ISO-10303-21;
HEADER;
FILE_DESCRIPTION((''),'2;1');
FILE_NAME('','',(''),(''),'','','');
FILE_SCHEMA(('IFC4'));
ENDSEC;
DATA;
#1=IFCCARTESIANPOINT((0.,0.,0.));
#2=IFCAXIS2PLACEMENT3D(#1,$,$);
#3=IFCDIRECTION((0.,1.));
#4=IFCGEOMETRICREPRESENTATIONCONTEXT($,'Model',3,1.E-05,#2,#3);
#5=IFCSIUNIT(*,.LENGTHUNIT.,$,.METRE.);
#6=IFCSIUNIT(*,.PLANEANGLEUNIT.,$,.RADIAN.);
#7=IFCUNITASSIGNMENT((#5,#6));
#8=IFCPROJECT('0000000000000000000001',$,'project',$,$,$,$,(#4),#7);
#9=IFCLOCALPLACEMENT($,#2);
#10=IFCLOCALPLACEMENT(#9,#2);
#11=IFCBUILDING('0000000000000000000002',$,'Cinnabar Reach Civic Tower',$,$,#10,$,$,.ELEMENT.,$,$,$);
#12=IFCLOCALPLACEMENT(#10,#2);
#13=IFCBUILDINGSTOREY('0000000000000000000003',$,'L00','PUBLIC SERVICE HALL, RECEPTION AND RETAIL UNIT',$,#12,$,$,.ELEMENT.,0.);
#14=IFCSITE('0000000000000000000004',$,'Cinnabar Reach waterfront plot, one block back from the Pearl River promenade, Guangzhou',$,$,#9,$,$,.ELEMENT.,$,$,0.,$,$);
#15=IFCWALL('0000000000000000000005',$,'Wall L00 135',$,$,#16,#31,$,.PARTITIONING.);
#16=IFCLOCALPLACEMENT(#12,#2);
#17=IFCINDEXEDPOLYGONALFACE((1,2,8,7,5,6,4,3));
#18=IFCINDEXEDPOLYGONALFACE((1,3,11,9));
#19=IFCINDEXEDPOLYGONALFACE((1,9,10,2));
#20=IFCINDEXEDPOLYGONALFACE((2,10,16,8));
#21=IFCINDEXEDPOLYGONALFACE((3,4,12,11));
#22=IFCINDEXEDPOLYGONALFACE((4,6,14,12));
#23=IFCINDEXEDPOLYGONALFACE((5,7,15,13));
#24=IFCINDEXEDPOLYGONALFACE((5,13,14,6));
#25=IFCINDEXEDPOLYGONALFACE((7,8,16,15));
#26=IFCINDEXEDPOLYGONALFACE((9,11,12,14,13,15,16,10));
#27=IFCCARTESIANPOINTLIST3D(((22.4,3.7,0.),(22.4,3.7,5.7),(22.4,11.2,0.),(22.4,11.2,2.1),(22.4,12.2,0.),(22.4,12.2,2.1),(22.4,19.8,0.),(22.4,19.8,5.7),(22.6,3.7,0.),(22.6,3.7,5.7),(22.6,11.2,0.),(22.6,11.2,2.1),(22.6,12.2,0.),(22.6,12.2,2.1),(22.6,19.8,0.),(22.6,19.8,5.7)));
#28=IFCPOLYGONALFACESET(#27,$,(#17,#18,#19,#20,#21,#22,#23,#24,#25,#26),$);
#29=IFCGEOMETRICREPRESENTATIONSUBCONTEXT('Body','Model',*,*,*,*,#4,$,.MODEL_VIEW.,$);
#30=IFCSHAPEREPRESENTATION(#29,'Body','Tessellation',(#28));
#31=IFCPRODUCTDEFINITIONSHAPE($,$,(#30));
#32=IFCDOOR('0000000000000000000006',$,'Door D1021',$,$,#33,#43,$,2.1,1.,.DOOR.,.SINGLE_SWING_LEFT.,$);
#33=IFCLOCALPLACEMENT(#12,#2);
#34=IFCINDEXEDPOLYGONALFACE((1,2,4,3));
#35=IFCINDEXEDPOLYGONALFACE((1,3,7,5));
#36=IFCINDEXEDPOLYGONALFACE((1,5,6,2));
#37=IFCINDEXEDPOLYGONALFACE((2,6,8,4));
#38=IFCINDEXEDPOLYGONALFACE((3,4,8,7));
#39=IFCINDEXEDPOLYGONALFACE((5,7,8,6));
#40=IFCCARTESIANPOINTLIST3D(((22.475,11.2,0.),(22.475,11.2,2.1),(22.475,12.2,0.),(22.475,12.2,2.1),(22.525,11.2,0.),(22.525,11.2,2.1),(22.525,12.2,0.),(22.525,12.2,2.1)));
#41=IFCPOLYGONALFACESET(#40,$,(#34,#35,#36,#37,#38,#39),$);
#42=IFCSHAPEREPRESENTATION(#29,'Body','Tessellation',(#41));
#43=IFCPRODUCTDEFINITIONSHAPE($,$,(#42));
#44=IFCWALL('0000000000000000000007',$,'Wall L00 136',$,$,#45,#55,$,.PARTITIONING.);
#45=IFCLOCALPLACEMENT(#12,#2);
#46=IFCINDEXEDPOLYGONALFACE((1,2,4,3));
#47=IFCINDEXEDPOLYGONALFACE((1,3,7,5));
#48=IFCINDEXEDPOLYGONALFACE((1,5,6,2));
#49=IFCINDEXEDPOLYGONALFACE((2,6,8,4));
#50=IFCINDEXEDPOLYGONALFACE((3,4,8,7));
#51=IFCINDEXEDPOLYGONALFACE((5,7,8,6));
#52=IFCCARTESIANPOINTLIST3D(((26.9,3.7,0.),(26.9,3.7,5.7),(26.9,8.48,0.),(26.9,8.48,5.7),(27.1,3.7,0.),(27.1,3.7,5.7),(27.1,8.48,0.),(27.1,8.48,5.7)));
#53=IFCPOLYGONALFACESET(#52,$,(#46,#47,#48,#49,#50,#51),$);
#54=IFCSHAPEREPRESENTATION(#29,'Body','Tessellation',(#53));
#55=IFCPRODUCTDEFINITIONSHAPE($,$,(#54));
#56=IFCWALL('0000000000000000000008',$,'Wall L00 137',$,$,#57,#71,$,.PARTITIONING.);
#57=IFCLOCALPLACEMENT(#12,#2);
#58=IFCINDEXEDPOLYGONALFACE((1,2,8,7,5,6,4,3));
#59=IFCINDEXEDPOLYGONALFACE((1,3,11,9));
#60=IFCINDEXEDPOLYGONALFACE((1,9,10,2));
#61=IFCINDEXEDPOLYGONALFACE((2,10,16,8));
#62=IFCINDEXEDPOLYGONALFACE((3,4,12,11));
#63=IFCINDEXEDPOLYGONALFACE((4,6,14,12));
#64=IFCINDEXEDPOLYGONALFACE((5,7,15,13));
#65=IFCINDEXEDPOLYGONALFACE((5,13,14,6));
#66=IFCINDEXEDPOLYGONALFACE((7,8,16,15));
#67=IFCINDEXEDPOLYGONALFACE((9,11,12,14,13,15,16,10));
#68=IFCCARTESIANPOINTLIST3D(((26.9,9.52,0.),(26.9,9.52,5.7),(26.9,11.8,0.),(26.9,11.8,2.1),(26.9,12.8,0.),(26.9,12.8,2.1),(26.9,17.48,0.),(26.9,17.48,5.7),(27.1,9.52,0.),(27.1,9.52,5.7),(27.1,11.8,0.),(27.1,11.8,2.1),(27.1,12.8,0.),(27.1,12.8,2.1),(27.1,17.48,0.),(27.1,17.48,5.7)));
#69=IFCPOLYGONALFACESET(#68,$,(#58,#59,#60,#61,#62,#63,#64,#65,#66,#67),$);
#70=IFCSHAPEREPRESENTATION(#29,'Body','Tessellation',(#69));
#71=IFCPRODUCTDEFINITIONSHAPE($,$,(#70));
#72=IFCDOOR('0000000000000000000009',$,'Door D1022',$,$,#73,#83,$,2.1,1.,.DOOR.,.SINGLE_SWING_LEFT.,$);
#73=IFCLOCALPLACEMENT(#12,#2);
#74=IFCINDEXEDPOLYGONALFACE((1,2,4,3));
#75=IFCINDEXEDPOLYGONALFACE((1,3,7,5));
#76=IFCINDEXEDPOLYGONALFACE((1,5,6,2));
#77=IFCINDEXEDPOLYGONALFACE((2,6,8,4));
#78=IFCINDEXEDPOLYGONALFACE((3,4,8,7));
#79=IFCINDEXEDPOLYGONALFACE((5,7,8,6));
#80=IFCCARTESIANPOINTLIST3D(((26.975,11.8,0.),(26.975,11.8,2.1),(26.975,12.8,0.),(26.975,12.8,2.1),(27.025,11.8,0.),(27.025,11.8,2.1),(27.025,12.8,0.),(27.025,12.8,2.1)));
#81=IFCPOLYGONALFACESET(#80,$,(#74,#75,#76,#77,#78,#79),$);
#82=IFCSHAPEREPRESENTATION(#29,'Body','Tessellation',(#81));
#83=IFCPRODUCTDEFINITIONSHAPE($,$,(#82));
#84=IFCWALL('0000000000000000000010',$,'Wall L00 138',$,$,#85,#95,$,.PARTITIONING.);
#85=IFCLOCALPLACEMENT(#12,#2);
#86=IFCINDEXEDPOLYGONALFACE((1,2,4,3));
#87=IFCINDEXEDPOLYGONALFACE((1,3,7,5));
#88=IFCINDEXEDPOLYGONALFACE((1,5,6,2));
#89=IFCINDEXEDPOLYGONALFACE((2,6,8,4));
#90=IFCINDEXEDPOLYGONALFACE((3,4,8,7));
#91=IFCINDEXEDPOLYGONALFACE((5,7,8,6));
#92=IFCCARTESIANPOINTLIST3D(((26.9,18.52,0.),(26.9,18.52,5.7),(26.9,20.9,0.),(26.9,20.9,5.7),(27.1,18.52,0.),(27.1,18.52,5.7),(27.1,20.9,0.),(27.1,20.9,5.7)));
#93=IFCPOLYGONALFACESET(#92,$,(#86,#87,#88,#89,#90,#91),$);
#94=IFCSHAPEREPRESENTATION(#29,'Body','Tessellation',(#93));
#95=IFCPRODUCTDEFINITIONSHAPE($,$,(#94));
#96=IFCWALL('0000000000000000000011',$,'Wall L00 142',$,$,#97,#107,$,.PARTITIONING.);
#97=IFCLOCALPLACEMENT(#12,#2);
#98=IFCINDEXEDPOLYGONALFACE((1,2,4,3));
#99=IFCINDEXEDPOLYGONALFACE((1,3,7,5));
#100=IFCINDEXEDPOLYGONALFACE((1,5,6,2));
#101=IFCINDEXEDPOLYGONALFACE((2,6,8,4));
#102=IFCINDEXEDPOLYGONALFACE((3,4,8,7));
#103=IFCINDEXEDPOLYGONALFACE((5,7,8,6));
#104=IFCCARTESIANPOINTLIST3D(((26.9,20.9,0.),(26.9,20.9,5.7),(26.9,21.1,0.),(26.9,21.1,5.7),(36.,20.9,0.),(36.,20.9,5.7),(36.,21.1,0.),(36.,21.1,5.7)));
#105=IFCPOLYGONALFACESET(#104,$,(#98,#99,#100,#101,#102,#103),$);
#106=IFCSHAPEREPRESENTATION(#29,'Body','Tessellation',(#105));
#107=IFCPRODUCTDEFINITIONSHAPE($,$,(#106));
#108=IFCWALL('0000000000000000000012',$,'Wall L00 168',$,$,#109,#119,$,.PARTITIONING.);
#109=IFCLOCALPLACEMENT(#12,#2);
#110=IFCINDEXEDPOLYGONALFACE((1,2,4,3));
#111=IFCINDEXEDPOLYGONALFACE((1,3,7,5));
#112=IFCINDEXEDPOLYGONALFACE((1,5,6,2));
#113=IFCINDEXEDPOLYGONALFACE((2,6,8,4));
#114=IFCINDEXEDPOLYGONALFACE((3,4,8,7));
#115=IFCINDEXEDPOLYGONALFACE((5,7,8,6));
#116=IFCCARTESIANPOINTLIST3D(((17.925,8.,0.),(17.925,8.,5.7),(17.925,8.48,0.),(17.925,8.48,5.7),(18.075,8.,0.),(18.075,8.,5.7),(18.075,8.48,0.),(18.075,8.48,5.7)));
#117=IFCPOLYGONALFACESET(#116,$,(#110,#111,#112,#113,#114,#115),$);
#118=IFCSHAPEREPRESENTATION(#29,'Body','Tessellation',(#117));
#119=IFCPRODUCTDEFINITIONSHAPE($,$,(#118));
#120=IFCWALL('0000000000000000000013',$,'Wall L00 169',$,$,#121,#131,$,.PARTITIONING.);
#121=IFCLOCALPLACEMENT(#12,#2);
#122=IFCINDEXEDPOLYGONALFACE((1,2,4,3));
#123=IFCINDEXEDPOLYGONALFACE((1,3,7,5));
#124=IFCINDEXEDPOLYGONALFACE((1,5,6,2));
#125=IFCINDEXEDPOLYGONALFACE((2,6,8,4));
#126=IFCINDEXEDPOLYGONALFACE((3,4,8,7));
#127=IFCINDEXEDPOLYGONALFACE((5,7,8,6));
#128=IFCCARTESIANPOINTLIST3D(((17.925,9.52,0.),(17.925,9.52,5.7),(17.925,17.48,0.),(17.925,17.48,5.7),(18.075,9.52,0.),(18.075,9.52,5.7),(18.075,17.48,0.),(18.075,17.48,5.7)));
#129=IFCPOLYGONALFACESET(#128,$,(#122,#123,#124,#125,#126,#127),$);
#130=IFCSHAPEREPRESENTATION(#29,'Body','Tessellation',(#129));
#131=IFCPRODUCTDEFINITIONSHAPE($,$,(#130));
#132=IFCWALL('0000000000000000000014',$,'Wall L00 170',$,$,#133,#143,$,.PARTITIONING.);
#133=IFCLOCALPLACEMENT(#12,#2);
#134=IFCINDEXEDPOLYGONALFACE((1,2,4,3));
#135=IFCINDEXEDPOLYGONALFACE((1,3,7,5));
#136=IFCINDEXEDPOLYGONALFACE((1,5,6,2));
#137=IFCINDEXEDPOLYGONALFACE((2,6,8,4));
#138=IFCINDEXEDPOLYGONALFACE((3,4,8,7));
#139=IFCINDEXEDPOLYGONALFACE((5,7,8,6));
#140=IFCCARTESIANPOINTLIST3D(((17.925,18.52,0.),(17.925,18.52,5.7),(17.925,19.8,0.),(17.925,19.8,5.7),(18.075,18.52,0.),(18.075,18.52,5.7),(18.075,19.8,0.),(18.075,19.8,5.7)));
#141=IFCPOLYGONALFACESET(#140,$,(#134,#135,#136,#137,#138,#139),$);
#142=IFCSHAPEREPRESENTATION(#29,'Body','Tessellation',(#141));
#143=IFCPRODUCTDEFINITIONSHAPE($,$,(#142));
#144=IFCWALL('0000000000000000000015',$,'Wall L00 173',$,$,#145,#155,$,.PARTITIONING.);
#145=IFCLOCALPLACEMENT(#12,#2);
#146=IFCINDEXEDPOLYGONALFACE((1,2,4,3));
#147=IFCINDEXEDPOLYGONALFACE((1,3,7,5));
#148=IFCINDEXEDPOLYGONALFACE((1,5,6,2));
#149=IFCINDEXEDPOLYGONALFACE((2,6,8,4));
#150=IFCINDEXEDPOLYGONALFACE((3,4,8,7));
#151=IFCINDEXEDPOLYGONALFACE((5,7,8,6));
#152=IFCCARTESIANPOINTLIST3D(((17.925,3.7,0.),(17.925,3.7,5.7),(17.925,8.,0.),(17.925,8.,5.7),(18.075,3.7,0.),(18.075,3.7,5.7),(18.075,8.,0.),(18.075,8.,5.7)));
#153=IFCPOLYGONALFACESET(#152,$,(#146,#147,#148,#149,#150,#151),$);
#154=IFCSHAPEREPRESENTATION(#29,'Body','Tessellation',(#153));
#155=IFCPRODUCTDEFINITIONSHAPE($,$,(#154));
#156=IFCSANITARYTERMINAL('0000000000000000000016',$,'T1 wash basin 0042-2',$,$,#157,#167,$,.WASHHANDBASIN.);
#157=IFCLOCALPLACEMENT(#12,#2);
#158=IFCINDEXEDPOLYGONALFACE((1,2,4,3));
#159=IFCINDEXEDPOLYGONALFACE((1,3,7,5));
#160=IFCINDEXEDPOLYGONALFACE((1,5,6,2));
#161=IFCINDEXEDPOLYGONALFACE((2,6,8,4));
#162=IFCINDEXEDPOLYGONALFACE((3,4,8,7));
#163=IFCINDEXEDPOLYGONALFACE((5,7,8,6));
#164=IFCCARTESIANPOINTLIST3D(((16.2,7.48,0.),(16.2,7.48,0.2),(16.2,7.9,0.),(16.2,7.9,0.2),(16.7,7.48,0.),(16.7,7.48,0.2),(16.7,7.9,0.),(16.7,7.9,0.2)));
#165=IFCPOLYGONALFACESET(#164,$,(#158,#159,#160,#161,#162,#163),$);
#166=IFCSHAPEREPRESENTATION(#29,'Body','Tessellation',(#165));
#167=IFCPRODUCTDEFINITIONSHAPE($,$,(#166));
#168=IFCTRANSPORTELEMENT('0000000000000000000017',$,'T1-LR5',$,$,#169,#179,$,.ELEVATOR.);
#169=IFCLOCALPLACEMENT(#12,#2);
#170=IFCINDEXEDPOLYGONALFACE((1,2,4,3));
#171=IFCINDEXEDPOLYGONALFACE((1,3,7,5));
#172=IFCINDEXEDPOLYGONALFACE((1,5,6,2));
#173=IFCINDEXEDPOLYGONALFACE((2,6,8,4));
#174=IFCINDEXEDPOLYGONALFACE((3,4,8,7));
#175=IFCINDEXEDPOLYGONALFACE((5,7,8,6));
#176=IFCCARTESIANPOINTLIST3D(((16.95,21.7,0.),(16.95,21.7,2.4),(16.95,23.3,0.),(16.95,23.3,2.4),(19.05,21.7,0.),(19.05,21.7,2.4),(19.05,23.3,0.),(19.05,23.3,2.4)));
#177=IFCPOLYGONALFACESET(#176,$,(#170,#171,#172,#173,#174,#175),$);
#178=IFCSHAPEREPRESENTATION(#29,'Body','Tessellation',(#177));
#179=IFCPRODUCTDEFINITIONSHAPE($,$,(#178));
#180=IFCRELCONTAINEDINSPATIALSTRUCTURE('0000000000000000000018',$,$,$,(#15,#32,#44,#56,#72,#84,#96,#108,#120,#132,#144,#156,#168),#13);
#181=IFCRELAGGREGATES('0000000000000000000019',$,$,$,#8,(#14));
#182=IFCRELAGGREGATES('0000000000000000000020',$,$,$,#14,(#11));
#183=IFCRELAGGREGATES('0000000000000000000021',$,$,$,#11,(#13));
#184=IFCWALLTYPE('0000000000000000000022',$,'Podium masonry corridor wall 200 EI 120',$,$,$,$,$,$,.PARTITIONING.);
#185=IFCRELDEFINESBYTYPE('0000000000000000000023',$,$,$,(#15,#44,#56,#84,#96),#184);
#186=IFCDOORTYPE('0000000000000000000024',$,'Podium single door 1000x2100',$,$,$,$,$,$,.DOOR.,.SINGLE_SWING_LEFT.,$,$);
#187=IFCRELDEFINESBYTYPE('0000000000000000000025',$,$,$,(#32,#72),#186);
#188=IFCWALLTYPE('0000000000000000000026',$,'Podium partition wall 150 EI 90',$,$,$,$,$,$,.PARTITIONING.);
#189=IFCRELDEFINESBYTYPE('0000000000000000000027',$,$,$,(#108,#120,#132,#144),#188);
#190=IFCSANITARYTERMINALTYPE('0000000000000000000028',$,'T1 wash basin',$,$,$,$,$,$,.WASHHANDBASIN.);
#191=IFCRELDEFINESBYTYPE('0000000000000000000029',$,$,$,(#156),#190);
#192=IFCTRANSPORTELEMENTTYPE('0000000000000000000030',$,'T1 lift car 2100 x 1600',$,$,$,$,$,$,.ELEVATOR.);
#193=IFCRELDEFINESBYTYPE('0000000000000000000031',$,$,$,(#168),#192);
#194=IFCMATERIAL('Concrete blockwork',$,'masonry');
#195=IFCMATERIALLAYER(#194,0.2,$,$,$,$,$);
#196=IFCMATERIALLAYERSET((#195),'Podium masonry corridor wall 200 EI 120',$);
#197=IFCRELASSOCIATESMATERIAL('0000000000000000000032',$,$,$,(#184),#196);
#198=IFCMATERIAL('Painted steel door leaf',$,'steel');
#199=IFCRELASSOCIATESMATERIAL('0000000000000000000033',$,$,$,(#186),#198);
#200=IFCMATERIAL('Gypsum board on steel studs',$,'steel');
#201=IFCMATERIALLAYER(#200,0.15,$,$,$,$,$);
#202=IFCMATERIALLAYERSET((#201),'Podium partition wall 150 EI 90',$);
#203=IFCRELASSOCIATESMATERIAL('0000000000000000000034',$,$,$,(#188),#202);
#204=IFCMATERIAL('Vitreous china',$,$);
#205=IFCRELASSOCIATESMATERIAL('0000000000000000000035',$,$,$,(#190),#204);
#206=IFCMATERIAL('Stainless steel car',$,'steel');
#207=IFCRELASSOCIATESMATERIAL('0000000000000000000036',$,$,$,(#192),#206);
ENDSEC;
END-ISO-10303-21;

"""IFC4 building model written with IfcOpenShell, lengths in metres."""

from ifc_helpers import new_model, si_unit, direction, frame, frame_2d, origin, origin_2d, place, context, subcontext, project, spatial, rectangle, extrude, material, layer, layer_set, type_object, element, fill, save


model = new_model("IFC4")

# Units and contexts
model_context = context("Model", 3, precision=1e-05, world=origin(), true_north=direction((0.0, 1.0)))
body_context = subcontext(model_context, "Body", "Model", "MODEL_VIEW")
ifc_project = project(units=[si_unit("LENGTHUNIT", "METRE"), si_unit("PLANEANGLEUNIT", "RADIAN")], contexts=[model_context])

# Site, building, storey
site_placement = place(None, origin())
site = spatial("IfcSite", under=ifc_project, at=site_placement, Name="Cinnabar Reach waterfront plot, one block back from the Pearl River promenade, Guangzhou", CompositionType="ELEMENT", RefElevation=0.0)
building_placement = place(site_placement, origin())
building = spatial("IfcBuilding", under=site, at=building_placement, Name="Cinnabar Reach Civic Tower", CompositionType="ELEMENT")
storey_placement = place(building_placement, origin())
storey = spatial("IfcBuildingStorey", under=building, at=storey_placement, Name="L00", Description="PUBLIC SERVICE HALL, RECEPTION AND RETAIL UNIT", CompositionType="ELEMENT", Elevation=0.0)

# Wall, opening, door
ifc_material_1 = material(Name="Concrete blockwork", Category="masonry")
ifc_layer_1 = layer(ifc_material_1, 0.2)
ifc_layer_set_1 = layer_set([ifc_layer_1], Name="Podium masonry corridor wall 200 EI 120")
wall_type_1 = type_object("IfcWallType", Name="Podium masonry corridor wall 200 EI 120", PredefinedType="PARTITIONING", material=ifc_layer_set_1)
ifc_material_2 = material(Name="Painted steel door leaf", Category="steel")
door_type_1 = type_object("IfcDoorType", Name="Podium single door 1000x2100", OperationType="SINGLE_SWING_LEFT", PredefinedType="DOOR", material=ifc_material_2)
wall_1_placement = place(storey_placement, frame((22.5, 3.7, 0.0), z_axis=(0.0, 0.0, 1.0), x_axis=(0.0, 1.0, 0.0)))
wall_1 = element("IfcWall", 1, at=wall_1_placement, inside=storey, type_object=wall_type_1, Name="Wall L00 135", PredefinedType="PARTITIONING", context=body_context, shape_type="SweptSolid", body=[
    extrude(rectangle(XDim=16.1, YDim=0.2, at=frame_2d((8.05, 0.0))), origin(), (0.0, 0.0, 1.0), 5.7),
])
opening_1_placement = place(wall_1_placement, frame((7.5, 0.0, 0.0)))
opening_1 = element("IfcOpeningElement", 2, at=opening_1_placement, cuts=wall_1, PredefinedType="OPENING", context=body_context, shape_type="SweptSolid", body=[
    extrude(rectangle(XDim=1.0, YDim=2.1, at=frame_2d((0.5, 1.05))), frame((0.0, 0.11, 0.0), z_axis=(0.0, -1.0, 0.0), x_axis=(1.0, 0.0, 0.0)), (0.0, 0.0, 1.0), 0.22),
])
door_1_placement = place(opening_1_placement, origin())
door_1 = element("IfcDoor", 3, at=door_1_placement, inside=storey, type_object=door_type_1, Name="Door D1021", OperationType="SINGLE_SWING_LEFT", OverallHeight=2.1, OverallWidth=1.0, PredefinedType="DOOR", context=body_context, shape_type="SweptSolid", body=[
    extrude(rectangle(XDim=1.0, YDim=2.1, at=frame_2d((0.5, 1.05))), frame((0.0, 0.025, 0.0), z_axis=(0.0, -1.0, 0.0), x_axis=(1.0, 0.0, 0.0)), (0.0, 0.0, 1.0), 0.05),
])
fill(opening_1, door_1)

# Wall
wall_2_placement = place(storey_placement, frame((27.0, 3.7, 0.0), z_axis=(0.0, 0.0, 1.0), x_axis=(0.0, 1.0, 0.0)))
element("IfcWall", 4, at=wall_2_placement, inside=storey, type_object=wall_type_1, Name="Wall L00 136", PredefinedType="PARTITIONING", context=body_context, shape_type="SweptSolid", body=[
    extrude(rectangle(XDim=4.78, YDim=0.2, at=frame_2d((2.39, 0.0))), origin(), (0.0, 0.0, 1.0), 5.7),
])

# Wall, opening, door
wall_3_placement = place(storey_placement, frame((27.0, 9.52, 0.0), z_axis=(0.0, 0.0, 1.0), x_axis=(0.0, 1.0, 0.0)))
wall_3 = element("IfcWall", 5, at=wall_3_placement, inside=storey, type_object=wall_type_1, Name="Wall L00 137", PredefinedType="PARTITIONING", context=body_context, shape_type="SweptSolid", body=[
    extrude(rectangle(XDim=7.96, YDim=0.2, at=frame_2d((3.98, 0.0))), origin(), (0.0, 0.0, 1.0), 5.7),
])
opening_2_placement = place(wall_3_placement, frame((2.28, 0.0, 0.0)))
opening_2 = element("IfcOpeningElement", 6, at=opening_2_placement, cuts=wall_3, PredefinedType="OPENING", context=body_context, shape_type="SweptSolid", body=[
    extrude(rectangle(XDim=1.0, YDim=2.1, at=frame_2d((0.5, 1.05))), frame((0.0, 0.11, 0.0), z_axis=(0.0, -1.0, 0.0), x_axis=(1.0, 0.0, 0.0)), (0.0, 0.0, 1.0), 0.22),
])
door_2_placement = place(opening_2_placement, frame((1.0, 0.0, 0.0), z_axis=(0.0, 0.0, 1.0), x_axis=(-1.0, 0.0, 0.0)))
door_2 = element("IfcDoor", 7, at=door_2_placement, inside=storey, type_object=door_type_1, Name="Door D1022", OperationType="SINGLE_SWING_LEFT", OverallHeight=2.1, OverallWidth=1.0, PredefinedType="DOOR", context=body_context, shape_type="SweptSolid", body=[
    extrude(rectangle(XDim=1.0, YDim=2.1, at=frame_2d((0.5, 1.05))), frame((0.0, 0.025, 0.0), z_axis=(0.0, -1.0, 0.0), x_axis=(1.0, 0.0, 0.0)), (0.0, 0.0, 1.0), 0.05),
])
fill(opening_2, door_2)

# Walls
wall_4_placement = place(storey_placement, frame((27.0, 18.52, 0.0), z_axis=(0.0, 0.0, 1.0), x_axis=(0.0, 1.0, 0.0)))
element("IfcWall", 8, at=wall_4_placement, inside=storey, type_object=wall_type_1, Name="Wall L00 138", PredefinedType="PARTITIONING", context=body_context, shape_type="SweptSolid", body=[
    extrude(rectangle(XDim=2.38, YDim=0.2, at=frame_2d((1.19, 0.0))), origin(), (0.0, 0.0, 1.0), 5.7),
])
wall_5_placement = place(storey_placement, frame((26.9, 21.0, 0.0), z_axis=(0.0, 0.0, 1.0), x_axis=(1.0, 0.0, 0.0)))
element("IfcWall", 9, at=wall_5_placement, inside=storey, type_object=wall_type_1, Name="Wall L00 142", PredefinedType="PARTITIONING", context=body_context, shape_type="SweptSolid", body=[
    extrude(rectangle(XDim=9.1, YDim=0.2, at=frame_2d((4.55, 0.0))), origin(), (0.0, 0.0, 1.0), 5.7),
])
ifc_material_3 = material(Name="Gypsum board on steel studs", Category="steel")
ifc_layer_2 = layer(ifc_material_3, 0.15)
ifc_layer_set_2 = layer_set([ifc_layer_2], Name="Podium partition wall 150 EI 90")
wall_type_2 = type_object("IfcWallType", Name="Podium partition wall 150 EI 90", PredefinedType="PARTITIONING", material=ifc_layer_set_2)
wall_6_placement = place(storey_placement, frame((18.0, 8.0, 0.0), z_axis=(0.0, 0.0, 1.0), x_axis=(0.0, 1.0, 0.0)))
element("IfcWall", 10, at=wall_6_placement, inside=storey, type_object=wall_type_2, Name="Wall L00 168", PredefinedType="PARTITIONING", context=body_context, shape_type="SweptSolid", body=[
    extrude(rectangle(XDim=0.48, YDim=0.15, at=frame_2d((0.24, 0.0))), origin(), (0.0, 0.0, 1.0), 5.7),
])
wall_7_placement = place(storey_placement, frame((18.0, 9.52, 0.0), z_axis=(0.0, 0.0, 1.0), x_axis=(0.0, 1.0, 0.0)))
element("IfcWall", 11, at=wall_7_placement, inside=storey, type_object=wall_type_2, Name="Wall L00 169", PredefinedType="PARTITIONING", context=body_context, shape_type="SweptSolid", body=[
    extrude(rectangle(XDim=7.96, YDim=0.15, at=frame_2d((3.98, 0.0))), origin(), (0.0, 0.0, 1.0), 5.7),
])
wall_8_placement = place(storey_placement, frame((18.0, 18.52, 0.0), z_axis=(0.0, 0.0, 1.0), x_axis=(0.0, 1.0, 0.0)))
element("IfcWall", 12, at=wall_8_placement, inside=storey, type_object=wall_type_2, Name="Wall L00 170", PredefinedType="PARTITIONING", context=body_context, shape_type="SweptSolid", body=[
    extrude(rectangle(XDim=1.28, YDim=0.15, at=frame_2d((0.64, 0.0))), origin(), (0.0, 0.0, 1.0), 5.7),
])
wall_9_placement = place(storey_placement, frame((18.0, 3.7, 0.0), z_axis=(0.0, 0.0, 1.0), x_axis=(0.0, 1.0, 0.0)))
element("IfcWall", 13, at=wall_9_placement, inside=storey, type_object=wall_type_2, Name="Wall L00 173", PredefinedType="PARTITIONING", context=body_context, shape_type="SweptSolid", body=[
    extrude(rectangle(XDim=4.3, YDim=0.15, at=frame_2d((2.15, 0.0))), origin(), (0.0, 0.0, 1.0), 5.7),
])

# Sanitary terminal
ifc_material_4 = material(Name="Vitreous china")
sanitary_terminal_type = type_object("IfcSanitaryTerminalType", Name="T1 wash basin", PredefinedType="WASHHANDBASIN", material=ifc_material_4)
sanitary_terminal_placement = place(storey_placement, frame((16.45, 7.69, 0.0), z_axis=(0.0, 0.0, 1.0), x_axis=(1.0, 0.0, 0.0)))
element("IfcSanitaryTerminal", 14, at=sanitary_terminal_placement, inside=storey, type_object=sanitary_terminal_type, Name="T1 wash basin 0042-2", PredefinedType="WASHHANDBASIN", context=body_context, shape_type="SweptSolid", body=[
    extrude(rectangle(XDim=0.5, YDim=0.42, at=origin_2d()), origin(), (0.0, 0.0, 1.0), 0.2),
])

# Transport element
ifc_material_5 = material(Name="Stainless steel car", Category="steel")
transport_element_type = type_object("IfcTransportElementType", Name="T1 lift car 2100 x 1600", PredefinedType="ELEVATOR", material=ifc_material_5)
transport_element_placement = place(storey_placement, frame((18.0, 22.5, 0.0), z_axis=(0.0, 0.0, 1.0), x_axis=(1.0, 0.0, 0.0)))
element("IfcTransportElement", 15, at=transport_element_placement, inside=storey, type_object=transport_element_type, Name="T1-LR5", PredefinedType="ELEVATOR", context=body_context, shape_type="SweptSolid", body=[
    extrude(rectangle(XDim=2.1, YDim=1.6, at=origin_2d()), origin(), (0.0, 0.0, 1.0), 2.4),
])

save(model, "model.ifc")
